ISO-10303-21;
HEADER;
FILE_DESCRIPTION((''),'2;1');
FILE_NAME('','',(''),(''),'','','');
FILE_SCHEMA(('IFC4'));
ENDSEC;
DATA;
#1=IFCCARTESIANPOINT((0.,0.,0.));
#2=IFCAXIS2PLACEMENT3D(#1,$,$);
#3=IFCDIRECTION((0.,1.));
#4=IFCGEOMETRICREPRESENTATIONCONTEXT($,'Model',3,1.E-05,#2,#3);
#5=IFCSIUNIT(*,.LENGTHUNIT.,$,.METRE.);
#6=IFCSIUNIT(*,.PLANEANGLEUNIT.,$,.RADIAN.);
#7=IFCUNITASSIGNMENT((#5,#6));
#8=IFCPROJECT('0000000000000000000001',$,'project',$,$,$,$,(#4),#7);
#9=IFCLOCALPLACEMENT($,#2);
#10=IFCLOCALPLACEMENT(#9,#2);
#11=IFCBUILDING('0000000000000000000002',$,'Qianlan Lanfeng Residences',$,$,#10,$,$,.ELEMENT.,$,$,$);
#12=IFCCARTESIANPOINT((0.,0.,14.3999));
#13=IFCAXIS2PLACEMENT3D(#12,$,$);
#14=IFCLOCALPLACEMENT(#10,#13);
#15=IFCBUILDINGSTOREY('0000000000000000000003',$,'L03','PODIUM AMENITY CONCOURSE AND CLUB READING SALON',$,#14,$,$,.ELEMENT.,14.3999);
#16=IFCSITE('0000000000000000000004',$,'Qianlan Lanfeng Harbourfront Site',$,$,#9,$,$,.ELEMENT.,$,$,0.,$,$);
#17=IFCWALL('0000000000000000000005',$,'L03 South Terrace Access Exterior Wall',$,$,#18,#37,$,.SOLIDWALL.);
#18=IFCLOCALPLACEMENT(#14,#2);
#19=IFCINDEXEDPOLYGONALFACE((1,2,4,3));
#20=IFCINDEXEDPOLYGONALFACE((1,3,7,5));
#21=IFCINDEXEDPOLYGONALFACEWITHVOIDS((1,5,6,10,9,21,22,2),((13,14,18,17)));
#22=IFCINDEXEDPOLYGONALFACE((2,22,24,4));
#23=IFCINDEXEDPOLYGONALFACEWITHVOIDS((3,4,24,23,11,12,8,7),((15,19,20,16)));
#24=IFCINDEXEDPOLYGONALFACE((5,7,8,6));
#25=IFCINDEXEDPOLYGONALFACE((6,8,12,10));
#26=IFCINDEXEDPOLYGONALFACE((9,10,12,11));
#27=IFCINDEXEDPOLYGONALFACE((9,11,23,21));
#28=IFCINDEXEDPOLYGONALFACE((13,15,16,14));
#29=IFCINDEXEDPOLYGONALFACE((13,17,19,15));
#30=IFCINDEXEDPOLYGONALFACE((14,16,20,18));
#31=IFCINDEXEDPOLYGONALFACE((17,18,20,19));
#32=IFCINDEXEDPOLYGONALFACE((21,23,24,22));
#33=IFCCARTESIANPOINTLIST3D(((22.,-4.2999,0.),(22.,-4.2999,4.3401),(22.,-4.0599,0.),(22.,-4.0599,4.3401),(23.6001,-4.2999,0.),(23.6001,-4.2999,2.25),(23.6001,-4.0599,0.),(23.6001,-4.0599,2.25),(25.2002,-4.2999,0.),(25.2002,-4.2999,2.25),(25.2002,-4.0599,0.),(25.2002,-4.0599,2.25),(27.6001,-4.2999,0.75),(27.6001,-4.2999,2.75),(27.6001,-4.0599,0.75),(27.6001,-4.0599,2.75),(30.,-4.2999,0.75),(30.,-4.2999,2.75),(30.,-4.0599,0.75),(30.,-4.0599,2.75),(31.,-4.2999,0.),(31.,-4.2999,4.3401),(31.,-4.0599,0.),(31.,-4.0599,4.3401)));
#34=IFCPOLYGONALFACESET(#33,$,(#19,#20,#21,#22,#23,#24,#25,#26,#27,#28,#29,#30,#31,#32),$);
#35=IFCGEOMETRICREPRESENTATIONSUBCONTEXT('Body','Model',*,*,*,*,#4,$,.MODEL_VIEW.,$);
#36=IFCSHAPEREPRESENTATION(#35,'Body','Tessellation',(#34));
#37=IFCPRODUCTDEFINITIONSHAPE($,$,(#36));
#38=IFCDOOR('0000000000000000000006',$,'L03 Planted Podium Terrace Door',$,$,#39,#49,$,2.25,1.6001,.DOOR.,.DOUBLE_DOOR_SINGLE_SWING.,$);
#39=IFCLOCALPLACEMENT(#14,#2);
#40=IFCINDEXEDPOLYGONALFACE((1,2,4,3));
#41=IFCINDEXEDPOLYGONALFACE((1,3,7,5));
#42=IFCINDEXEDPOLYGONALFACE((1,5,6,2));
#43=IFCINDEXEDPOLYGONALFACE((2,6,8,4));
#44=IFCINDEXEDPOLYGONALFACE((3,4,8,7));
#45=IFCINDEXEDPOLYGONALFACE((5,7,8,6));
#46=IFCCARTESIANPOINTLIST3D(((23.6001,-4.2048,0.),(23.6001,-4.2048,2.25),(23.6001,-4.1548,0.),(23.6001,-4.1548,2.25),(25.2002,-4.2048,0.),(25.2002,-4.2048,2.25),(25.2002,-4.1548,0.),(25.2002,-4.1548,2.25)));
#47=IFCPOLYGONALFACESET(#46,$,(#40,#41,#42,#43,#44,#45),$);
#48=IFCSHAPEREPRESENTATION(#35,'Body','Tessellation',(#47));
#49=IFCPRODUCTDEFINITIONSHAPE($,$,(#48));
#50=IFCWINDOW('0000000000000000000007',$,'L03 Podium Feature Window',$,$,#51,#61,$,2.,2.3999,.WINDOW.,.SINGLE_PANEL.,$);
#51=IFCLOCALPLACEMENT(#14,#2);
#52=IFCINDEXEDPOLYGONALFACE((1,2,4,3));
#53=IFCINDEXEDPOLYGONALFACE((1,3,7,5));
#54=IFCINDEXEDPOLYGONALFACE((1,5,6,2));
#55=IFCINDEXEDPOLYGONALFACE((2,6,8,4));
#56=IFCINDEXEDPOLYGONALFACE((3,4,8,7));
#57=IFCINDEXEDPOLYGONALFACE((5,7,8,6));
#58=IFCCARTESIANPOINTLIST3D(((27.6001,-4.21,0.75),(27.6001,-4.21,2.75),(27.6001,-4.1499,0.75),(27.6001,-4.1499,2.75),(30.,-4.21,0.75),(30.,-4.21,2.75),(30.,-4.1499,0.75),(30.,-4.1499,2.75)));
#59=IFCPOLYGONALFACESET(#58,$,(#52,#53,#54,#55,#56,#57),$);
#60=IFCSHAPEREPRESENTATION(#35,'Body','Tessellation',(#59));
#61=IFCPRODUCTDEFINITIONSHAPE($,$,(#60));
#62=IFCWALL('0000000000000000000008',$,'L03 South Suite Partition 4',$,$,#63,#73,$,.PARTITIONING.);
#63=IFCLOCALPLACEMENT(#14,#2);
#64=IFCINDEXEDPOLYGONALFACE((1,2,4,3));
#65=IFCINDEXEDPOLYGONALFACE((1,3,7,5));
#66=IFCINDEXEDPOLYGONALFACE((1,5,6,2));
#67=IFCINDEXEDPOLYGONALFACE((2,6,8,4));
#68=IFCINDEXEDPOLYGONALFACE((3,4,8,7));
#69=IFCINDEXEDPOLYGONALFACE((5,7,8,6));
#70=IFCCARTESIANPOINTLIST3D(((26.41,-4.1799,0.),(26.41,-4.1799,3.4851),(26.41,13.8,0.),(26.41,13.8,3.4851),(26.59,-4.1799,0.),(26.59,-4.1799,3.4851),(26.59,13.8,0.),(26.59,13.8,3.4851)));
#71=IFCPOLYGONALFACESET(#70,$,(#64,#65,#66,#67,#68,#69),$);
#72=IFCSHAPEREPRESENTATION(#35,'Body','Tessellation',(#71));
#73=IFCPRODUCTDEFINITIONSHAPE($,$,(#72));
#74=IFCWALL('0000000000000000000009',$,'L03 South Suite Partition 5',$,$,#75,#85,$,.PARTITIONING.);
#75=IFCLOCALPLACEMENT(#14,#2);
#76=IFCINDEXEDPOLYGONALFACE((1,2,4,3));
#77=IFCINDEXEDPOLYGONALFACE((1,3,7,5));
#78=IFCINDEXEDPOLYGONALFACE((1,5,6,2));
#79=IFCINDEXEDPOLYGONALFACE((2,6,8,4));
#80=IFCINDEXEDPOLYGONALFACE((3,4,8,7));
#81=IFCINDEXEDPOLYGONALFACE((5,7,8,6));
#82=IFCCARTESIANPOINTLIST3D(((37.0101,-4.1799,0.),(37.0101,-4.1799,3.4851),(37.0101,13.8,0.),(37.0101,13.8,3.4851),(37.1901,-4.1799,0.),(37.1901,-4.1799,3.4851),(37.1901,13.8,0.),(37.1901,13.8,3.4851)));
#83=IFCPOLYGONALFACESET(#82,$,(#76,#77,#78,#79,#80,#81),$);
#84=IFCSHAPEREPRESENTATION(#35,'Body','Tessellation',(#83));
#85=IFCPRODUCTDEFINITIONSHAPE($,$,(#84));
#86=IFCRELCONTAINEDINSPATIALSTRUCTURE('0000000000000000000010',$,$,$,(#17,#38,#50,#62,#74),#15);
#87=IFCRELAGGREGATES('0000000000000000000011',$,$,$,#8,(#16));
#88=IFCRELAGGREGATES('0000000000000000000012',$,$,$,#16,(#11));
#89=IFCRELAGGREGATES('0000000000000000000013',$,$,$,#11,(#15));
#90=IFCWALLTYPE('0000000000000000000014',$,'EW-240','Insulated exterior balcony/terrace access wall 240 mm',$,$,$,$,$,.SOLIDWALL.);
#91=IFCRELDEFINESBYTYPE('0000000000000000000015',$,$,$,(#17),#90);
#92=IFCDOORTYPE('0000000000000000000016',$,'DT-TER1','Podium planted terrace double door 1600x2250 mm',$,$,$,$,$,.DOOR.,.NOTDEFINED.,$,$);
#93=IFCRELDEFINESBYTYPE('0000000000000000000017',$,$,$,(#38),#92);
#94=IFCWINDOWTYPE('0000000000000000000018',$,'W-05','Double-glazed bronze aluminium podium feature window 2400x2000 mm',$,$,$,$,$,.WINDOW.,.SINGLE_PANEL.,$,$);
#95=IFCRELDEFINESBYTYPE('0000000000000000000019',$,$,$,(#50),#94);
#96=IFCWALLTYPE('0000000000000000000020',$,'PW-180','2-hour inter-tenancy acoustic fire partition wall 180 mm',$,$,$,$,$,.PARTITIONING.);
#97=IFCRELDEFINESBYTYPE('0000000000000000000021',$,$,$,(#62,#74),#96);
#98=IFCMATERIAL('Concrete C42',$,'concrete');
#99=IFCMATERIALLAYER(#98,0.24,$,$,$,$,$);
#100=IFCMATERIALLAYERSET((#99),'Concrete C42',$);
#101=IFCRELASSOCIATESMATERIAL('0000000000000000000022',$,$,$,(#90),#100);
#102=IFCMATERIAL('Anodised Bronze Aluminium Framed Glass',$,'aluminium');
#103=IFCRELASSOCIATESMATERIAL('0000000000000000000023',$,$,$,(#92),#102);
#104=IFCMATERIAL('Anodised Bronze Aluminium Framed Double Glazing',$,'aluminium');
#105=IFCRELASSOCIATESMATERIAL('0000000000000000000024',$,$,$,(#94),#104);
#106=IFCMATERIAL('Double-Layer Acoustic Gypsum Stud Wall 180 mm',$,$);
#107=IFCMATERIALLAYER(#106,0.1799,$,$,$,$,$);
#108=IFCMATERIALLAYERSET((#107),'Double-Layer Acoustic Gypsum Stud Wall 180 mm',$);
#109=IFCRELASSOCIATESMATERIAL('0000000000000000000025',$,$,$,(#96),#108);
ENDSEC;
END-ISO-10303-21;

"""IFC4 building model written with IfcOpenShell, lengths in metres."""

from ifc_helpers import new_model, si_unit, direction, frame, frame_2d, origin, place, context, subcontext, project, spatial, rectangle, extrude, material, layer, layer_set, type_object, element, fill, save


model = new_model("IFC4")

# Units and contexts
model_context = context("Model", 3, precision=1e-05, world=origin(), true_north=direction((0.0, 1.0)))
body_context = subcontext(model_context, "Body", "Model", "MODEL_VIEW")
ifc_project = project(units=[si_unit("LENGTHUNIT", "METRE"), si_unit("PLANEANGLEUNIT", "RADIAN")], contexts=[model_context])

# Site, building, storey
site_placement = place(None, origin())
site = spatial("IfcSite", under=ifc_project, at=site_placement, Name="Qianlan Lanfeng Harbourfront Site", CompositionType="ELEMENT", RefElevation=0.0)
building_placement = place(site_placement, origin())
building = spatial("IfcBuilding", under=site, at=building_placement, Name="Qianlan Lanfeng Residences", CompositionType="ELEMENT")
storey_placement = place(building_placement, frame((0.0, 0.0, 14.3999)))
storey = spatial("IfcBuildingStorey", under=building, at=storey_placement, Name="L03", Description="PODIUM AMENITY CONCOURSE AND CLUB READING SALON", CompositionType="ELEMENT", Elevation=14.3999)

# Wall, openings, door, window
ifc_material_1 = material(Name="Concrete C42", Category="concrete")
ifc_layer_1 = layer(ifc_material_1, 0.24)
ifc_layer_set_1 = layer_set([ifc_layer_1], Name="Concrete C42")
wall_type_1 = type_object("IfcWallType", Name="EW-240", Description="Insulated exterior balcony/terrace access wall 240 mm", PredefinedType="SOLIDWALL", material=ifc_layer_set_1)
wall_placement = place(storey_placement, frame((22.0, -4.1799, 0.0), z_axis=(0.0, 0.0, 1.0), x_axis=(1.0, 0.0, 0.0)))
wall = element("IfcWall", 1, at=wall_placement, inside=storey, type_object=wall_type_1, Name="L03 South Terrace Access Exterior Wall", PredefinedType="SOLIDWALL", context=body_context, shape_type="SweptSolid", body=[
    extrude(rectangle(XDim=9.0, YDim=0.24, at=frame_2d((4.5, 0.0))), origin(), (0.0, 0.0, 1.0), 4.3401),
])
opening_1_placement = place(wall_placement, frame((1.6001, 0.0, 0.0)))
opening_1 = element("IfcOpeningElement", 2, at=opening_1_placement, cuts=wall, PredefinedType="OPENING", context=body_context, shape_type="SweptSolid", body=[
    extrude(rectangle(XDim=1.6001, YDim=2.25, at=frame_2d((0.8, 1.125))), frame((0.0, 0.1299, 0.0), z_axis=(0.0, -1.0, 0.0), x_axis=(1.0, 0.0, 0.0)), (0.0, 0.0, 1.0), 0.26),
])
opening_2_placement = place(wall_placement, frame((5.6001, 0.0, 0.75)))
opening_2 = element("IfcOpeningElement", 3, at=opening_2_placement, cuts=wall, PredefinedType="OPENING", context=body_context, shape_type="SweptSolid", body=[
    extrude(rectangle(XDim=2.3999, YDim=2.0, at=frame_2d((1.2, 1.0))), frame((0.0, 0.1299, 0.0), z_axis=(0.0, -1.0, 0.0), x_axis=(1.0, 0.0, 0.0)), (0.0, 0.0, 1.0), 0.26),
])
ifc_material_2 = material(Name="Anodised Bronze Aluminium Framed Glass", Category="aluminium")
door_type = type_object("IfcDoorType", Name="DT-TER1", Description="Podium planted terrace double door 1600x2250 mm", OperationType="NOTDEFINED", PredefinedType="DOOR", material=ifc_material_2)
door_placement = place(opening_1_placement, frame((1.6001, 0.0, 0.0), z_axis=(0.0, 0.0, 1.0), x_axis=(-1.0, 0.0, 0.0)))
door = element("IfcDoor", 4, at=door_placement, inside=storey, type_object=door_type, Name="L03 Planted Podium Terrace Door", OperationType="DOUBLE_DOOR_SINGLE_SWING", OverallHeight=2.25, OverallWidth=1.6001, PredefinedType="DOOR", context=body_context, shape_type="SweptSolid", body=[
    extrude(rectangle(XDim=1.6001, YDim=2.25, at=frame_2d((0.8, 1.125))), frame((0.0, 0.0249, 0.0), z_axis=(0.0, -1.0, 0.0), x_axis=(1.0, 0.0, 0.0)), (0.0, 0.0, 1.0), 0.05),
])
fill(opening_1, door)
ifc_material_3 = material(Name="Anodised Bronze Aluminium Framed Double Glazing", Category="aluminium")
window_type = type_object("IfcWindowType", Name="W-05", Description="Double-glazed bronze aluminium podium feature window 2400x2000 mm", PartitioningType="SINGLE_PANEL", PredefinedType="WINDOW", material=ifc_material_3)
window_placement = place(opening_2_placement, origin())
window = element("IfcWindow", 5, at=window_placement, inside=storey, type_object=window_type, Name="L03 Podium Feature Window", OverallHeight=2.0, OverallWidth=2.3999, PartitioningType="SINGLE_PANEL", PredefinedType="WINDOW", context=body_context, shape_type="SweptSolid", body=[
    extrude(rectangle(XDim=2.3999, YDim=2.0, at=frame_2d((1.2, 1.0))), frame((0.0, 0.03, 0.0), z_axis=(0.0, -1.0, 0.0), x_axis=(1.0, 0.0, 0.0)), (0.0, 0.0, 1.0), 0.0601),
])
fill(opening_2, window)

# Walls
ifc_material_4 = material(Name="Double-Layer Acoustic Gypsum Stud Wall 180 mm")
ifc_layer_2 = layer(ifc_material_4, 0.1799)
ifc_layer_set_2 = layer_set([ifc_layer_2], Name="Double-Layer Acoustic Gypsum Stud Wall 180 mm")
wall_type_2 = type_object("IfcWallType", Name="PW-180", Description="2-hour inter-tenancy acoustic fire partition wall 180 mm", PredefinedType="PARTITIONING", material=ifc_layer_set_2)
for number, where, z_axis, x_axis, name in (
    (6, (26.5, -4.1799, 0.0), (0.0, 0.0, 1.0), (0.0, 1.0, 0.0), "L03 South Suite Partition 4"),
    (7, (37.1001, -4.1799, 0.0), (0.0, 0.0, 1.0), (0.0, 1.0, 0.0), "L03 South Suite Partition 5"),
):
    element("IfcWall", number, at=place(storey_placement, frame(where, z_axis=z_axis, x_axis=x_axis)), inside=storey, type_object=wall_type_2, Name=name, PredefinedType="PARTITIONING", context=body_context, shape_type="SweptSolid", body=[
        extrude(rectangle(XDim=17.98, YDim=0.1799, at=frame_2d((8.99, 0.0))), origin(), (0.0, 0.0, 1.0), 3.4851),
    ])

save(model, "model.ifc")
